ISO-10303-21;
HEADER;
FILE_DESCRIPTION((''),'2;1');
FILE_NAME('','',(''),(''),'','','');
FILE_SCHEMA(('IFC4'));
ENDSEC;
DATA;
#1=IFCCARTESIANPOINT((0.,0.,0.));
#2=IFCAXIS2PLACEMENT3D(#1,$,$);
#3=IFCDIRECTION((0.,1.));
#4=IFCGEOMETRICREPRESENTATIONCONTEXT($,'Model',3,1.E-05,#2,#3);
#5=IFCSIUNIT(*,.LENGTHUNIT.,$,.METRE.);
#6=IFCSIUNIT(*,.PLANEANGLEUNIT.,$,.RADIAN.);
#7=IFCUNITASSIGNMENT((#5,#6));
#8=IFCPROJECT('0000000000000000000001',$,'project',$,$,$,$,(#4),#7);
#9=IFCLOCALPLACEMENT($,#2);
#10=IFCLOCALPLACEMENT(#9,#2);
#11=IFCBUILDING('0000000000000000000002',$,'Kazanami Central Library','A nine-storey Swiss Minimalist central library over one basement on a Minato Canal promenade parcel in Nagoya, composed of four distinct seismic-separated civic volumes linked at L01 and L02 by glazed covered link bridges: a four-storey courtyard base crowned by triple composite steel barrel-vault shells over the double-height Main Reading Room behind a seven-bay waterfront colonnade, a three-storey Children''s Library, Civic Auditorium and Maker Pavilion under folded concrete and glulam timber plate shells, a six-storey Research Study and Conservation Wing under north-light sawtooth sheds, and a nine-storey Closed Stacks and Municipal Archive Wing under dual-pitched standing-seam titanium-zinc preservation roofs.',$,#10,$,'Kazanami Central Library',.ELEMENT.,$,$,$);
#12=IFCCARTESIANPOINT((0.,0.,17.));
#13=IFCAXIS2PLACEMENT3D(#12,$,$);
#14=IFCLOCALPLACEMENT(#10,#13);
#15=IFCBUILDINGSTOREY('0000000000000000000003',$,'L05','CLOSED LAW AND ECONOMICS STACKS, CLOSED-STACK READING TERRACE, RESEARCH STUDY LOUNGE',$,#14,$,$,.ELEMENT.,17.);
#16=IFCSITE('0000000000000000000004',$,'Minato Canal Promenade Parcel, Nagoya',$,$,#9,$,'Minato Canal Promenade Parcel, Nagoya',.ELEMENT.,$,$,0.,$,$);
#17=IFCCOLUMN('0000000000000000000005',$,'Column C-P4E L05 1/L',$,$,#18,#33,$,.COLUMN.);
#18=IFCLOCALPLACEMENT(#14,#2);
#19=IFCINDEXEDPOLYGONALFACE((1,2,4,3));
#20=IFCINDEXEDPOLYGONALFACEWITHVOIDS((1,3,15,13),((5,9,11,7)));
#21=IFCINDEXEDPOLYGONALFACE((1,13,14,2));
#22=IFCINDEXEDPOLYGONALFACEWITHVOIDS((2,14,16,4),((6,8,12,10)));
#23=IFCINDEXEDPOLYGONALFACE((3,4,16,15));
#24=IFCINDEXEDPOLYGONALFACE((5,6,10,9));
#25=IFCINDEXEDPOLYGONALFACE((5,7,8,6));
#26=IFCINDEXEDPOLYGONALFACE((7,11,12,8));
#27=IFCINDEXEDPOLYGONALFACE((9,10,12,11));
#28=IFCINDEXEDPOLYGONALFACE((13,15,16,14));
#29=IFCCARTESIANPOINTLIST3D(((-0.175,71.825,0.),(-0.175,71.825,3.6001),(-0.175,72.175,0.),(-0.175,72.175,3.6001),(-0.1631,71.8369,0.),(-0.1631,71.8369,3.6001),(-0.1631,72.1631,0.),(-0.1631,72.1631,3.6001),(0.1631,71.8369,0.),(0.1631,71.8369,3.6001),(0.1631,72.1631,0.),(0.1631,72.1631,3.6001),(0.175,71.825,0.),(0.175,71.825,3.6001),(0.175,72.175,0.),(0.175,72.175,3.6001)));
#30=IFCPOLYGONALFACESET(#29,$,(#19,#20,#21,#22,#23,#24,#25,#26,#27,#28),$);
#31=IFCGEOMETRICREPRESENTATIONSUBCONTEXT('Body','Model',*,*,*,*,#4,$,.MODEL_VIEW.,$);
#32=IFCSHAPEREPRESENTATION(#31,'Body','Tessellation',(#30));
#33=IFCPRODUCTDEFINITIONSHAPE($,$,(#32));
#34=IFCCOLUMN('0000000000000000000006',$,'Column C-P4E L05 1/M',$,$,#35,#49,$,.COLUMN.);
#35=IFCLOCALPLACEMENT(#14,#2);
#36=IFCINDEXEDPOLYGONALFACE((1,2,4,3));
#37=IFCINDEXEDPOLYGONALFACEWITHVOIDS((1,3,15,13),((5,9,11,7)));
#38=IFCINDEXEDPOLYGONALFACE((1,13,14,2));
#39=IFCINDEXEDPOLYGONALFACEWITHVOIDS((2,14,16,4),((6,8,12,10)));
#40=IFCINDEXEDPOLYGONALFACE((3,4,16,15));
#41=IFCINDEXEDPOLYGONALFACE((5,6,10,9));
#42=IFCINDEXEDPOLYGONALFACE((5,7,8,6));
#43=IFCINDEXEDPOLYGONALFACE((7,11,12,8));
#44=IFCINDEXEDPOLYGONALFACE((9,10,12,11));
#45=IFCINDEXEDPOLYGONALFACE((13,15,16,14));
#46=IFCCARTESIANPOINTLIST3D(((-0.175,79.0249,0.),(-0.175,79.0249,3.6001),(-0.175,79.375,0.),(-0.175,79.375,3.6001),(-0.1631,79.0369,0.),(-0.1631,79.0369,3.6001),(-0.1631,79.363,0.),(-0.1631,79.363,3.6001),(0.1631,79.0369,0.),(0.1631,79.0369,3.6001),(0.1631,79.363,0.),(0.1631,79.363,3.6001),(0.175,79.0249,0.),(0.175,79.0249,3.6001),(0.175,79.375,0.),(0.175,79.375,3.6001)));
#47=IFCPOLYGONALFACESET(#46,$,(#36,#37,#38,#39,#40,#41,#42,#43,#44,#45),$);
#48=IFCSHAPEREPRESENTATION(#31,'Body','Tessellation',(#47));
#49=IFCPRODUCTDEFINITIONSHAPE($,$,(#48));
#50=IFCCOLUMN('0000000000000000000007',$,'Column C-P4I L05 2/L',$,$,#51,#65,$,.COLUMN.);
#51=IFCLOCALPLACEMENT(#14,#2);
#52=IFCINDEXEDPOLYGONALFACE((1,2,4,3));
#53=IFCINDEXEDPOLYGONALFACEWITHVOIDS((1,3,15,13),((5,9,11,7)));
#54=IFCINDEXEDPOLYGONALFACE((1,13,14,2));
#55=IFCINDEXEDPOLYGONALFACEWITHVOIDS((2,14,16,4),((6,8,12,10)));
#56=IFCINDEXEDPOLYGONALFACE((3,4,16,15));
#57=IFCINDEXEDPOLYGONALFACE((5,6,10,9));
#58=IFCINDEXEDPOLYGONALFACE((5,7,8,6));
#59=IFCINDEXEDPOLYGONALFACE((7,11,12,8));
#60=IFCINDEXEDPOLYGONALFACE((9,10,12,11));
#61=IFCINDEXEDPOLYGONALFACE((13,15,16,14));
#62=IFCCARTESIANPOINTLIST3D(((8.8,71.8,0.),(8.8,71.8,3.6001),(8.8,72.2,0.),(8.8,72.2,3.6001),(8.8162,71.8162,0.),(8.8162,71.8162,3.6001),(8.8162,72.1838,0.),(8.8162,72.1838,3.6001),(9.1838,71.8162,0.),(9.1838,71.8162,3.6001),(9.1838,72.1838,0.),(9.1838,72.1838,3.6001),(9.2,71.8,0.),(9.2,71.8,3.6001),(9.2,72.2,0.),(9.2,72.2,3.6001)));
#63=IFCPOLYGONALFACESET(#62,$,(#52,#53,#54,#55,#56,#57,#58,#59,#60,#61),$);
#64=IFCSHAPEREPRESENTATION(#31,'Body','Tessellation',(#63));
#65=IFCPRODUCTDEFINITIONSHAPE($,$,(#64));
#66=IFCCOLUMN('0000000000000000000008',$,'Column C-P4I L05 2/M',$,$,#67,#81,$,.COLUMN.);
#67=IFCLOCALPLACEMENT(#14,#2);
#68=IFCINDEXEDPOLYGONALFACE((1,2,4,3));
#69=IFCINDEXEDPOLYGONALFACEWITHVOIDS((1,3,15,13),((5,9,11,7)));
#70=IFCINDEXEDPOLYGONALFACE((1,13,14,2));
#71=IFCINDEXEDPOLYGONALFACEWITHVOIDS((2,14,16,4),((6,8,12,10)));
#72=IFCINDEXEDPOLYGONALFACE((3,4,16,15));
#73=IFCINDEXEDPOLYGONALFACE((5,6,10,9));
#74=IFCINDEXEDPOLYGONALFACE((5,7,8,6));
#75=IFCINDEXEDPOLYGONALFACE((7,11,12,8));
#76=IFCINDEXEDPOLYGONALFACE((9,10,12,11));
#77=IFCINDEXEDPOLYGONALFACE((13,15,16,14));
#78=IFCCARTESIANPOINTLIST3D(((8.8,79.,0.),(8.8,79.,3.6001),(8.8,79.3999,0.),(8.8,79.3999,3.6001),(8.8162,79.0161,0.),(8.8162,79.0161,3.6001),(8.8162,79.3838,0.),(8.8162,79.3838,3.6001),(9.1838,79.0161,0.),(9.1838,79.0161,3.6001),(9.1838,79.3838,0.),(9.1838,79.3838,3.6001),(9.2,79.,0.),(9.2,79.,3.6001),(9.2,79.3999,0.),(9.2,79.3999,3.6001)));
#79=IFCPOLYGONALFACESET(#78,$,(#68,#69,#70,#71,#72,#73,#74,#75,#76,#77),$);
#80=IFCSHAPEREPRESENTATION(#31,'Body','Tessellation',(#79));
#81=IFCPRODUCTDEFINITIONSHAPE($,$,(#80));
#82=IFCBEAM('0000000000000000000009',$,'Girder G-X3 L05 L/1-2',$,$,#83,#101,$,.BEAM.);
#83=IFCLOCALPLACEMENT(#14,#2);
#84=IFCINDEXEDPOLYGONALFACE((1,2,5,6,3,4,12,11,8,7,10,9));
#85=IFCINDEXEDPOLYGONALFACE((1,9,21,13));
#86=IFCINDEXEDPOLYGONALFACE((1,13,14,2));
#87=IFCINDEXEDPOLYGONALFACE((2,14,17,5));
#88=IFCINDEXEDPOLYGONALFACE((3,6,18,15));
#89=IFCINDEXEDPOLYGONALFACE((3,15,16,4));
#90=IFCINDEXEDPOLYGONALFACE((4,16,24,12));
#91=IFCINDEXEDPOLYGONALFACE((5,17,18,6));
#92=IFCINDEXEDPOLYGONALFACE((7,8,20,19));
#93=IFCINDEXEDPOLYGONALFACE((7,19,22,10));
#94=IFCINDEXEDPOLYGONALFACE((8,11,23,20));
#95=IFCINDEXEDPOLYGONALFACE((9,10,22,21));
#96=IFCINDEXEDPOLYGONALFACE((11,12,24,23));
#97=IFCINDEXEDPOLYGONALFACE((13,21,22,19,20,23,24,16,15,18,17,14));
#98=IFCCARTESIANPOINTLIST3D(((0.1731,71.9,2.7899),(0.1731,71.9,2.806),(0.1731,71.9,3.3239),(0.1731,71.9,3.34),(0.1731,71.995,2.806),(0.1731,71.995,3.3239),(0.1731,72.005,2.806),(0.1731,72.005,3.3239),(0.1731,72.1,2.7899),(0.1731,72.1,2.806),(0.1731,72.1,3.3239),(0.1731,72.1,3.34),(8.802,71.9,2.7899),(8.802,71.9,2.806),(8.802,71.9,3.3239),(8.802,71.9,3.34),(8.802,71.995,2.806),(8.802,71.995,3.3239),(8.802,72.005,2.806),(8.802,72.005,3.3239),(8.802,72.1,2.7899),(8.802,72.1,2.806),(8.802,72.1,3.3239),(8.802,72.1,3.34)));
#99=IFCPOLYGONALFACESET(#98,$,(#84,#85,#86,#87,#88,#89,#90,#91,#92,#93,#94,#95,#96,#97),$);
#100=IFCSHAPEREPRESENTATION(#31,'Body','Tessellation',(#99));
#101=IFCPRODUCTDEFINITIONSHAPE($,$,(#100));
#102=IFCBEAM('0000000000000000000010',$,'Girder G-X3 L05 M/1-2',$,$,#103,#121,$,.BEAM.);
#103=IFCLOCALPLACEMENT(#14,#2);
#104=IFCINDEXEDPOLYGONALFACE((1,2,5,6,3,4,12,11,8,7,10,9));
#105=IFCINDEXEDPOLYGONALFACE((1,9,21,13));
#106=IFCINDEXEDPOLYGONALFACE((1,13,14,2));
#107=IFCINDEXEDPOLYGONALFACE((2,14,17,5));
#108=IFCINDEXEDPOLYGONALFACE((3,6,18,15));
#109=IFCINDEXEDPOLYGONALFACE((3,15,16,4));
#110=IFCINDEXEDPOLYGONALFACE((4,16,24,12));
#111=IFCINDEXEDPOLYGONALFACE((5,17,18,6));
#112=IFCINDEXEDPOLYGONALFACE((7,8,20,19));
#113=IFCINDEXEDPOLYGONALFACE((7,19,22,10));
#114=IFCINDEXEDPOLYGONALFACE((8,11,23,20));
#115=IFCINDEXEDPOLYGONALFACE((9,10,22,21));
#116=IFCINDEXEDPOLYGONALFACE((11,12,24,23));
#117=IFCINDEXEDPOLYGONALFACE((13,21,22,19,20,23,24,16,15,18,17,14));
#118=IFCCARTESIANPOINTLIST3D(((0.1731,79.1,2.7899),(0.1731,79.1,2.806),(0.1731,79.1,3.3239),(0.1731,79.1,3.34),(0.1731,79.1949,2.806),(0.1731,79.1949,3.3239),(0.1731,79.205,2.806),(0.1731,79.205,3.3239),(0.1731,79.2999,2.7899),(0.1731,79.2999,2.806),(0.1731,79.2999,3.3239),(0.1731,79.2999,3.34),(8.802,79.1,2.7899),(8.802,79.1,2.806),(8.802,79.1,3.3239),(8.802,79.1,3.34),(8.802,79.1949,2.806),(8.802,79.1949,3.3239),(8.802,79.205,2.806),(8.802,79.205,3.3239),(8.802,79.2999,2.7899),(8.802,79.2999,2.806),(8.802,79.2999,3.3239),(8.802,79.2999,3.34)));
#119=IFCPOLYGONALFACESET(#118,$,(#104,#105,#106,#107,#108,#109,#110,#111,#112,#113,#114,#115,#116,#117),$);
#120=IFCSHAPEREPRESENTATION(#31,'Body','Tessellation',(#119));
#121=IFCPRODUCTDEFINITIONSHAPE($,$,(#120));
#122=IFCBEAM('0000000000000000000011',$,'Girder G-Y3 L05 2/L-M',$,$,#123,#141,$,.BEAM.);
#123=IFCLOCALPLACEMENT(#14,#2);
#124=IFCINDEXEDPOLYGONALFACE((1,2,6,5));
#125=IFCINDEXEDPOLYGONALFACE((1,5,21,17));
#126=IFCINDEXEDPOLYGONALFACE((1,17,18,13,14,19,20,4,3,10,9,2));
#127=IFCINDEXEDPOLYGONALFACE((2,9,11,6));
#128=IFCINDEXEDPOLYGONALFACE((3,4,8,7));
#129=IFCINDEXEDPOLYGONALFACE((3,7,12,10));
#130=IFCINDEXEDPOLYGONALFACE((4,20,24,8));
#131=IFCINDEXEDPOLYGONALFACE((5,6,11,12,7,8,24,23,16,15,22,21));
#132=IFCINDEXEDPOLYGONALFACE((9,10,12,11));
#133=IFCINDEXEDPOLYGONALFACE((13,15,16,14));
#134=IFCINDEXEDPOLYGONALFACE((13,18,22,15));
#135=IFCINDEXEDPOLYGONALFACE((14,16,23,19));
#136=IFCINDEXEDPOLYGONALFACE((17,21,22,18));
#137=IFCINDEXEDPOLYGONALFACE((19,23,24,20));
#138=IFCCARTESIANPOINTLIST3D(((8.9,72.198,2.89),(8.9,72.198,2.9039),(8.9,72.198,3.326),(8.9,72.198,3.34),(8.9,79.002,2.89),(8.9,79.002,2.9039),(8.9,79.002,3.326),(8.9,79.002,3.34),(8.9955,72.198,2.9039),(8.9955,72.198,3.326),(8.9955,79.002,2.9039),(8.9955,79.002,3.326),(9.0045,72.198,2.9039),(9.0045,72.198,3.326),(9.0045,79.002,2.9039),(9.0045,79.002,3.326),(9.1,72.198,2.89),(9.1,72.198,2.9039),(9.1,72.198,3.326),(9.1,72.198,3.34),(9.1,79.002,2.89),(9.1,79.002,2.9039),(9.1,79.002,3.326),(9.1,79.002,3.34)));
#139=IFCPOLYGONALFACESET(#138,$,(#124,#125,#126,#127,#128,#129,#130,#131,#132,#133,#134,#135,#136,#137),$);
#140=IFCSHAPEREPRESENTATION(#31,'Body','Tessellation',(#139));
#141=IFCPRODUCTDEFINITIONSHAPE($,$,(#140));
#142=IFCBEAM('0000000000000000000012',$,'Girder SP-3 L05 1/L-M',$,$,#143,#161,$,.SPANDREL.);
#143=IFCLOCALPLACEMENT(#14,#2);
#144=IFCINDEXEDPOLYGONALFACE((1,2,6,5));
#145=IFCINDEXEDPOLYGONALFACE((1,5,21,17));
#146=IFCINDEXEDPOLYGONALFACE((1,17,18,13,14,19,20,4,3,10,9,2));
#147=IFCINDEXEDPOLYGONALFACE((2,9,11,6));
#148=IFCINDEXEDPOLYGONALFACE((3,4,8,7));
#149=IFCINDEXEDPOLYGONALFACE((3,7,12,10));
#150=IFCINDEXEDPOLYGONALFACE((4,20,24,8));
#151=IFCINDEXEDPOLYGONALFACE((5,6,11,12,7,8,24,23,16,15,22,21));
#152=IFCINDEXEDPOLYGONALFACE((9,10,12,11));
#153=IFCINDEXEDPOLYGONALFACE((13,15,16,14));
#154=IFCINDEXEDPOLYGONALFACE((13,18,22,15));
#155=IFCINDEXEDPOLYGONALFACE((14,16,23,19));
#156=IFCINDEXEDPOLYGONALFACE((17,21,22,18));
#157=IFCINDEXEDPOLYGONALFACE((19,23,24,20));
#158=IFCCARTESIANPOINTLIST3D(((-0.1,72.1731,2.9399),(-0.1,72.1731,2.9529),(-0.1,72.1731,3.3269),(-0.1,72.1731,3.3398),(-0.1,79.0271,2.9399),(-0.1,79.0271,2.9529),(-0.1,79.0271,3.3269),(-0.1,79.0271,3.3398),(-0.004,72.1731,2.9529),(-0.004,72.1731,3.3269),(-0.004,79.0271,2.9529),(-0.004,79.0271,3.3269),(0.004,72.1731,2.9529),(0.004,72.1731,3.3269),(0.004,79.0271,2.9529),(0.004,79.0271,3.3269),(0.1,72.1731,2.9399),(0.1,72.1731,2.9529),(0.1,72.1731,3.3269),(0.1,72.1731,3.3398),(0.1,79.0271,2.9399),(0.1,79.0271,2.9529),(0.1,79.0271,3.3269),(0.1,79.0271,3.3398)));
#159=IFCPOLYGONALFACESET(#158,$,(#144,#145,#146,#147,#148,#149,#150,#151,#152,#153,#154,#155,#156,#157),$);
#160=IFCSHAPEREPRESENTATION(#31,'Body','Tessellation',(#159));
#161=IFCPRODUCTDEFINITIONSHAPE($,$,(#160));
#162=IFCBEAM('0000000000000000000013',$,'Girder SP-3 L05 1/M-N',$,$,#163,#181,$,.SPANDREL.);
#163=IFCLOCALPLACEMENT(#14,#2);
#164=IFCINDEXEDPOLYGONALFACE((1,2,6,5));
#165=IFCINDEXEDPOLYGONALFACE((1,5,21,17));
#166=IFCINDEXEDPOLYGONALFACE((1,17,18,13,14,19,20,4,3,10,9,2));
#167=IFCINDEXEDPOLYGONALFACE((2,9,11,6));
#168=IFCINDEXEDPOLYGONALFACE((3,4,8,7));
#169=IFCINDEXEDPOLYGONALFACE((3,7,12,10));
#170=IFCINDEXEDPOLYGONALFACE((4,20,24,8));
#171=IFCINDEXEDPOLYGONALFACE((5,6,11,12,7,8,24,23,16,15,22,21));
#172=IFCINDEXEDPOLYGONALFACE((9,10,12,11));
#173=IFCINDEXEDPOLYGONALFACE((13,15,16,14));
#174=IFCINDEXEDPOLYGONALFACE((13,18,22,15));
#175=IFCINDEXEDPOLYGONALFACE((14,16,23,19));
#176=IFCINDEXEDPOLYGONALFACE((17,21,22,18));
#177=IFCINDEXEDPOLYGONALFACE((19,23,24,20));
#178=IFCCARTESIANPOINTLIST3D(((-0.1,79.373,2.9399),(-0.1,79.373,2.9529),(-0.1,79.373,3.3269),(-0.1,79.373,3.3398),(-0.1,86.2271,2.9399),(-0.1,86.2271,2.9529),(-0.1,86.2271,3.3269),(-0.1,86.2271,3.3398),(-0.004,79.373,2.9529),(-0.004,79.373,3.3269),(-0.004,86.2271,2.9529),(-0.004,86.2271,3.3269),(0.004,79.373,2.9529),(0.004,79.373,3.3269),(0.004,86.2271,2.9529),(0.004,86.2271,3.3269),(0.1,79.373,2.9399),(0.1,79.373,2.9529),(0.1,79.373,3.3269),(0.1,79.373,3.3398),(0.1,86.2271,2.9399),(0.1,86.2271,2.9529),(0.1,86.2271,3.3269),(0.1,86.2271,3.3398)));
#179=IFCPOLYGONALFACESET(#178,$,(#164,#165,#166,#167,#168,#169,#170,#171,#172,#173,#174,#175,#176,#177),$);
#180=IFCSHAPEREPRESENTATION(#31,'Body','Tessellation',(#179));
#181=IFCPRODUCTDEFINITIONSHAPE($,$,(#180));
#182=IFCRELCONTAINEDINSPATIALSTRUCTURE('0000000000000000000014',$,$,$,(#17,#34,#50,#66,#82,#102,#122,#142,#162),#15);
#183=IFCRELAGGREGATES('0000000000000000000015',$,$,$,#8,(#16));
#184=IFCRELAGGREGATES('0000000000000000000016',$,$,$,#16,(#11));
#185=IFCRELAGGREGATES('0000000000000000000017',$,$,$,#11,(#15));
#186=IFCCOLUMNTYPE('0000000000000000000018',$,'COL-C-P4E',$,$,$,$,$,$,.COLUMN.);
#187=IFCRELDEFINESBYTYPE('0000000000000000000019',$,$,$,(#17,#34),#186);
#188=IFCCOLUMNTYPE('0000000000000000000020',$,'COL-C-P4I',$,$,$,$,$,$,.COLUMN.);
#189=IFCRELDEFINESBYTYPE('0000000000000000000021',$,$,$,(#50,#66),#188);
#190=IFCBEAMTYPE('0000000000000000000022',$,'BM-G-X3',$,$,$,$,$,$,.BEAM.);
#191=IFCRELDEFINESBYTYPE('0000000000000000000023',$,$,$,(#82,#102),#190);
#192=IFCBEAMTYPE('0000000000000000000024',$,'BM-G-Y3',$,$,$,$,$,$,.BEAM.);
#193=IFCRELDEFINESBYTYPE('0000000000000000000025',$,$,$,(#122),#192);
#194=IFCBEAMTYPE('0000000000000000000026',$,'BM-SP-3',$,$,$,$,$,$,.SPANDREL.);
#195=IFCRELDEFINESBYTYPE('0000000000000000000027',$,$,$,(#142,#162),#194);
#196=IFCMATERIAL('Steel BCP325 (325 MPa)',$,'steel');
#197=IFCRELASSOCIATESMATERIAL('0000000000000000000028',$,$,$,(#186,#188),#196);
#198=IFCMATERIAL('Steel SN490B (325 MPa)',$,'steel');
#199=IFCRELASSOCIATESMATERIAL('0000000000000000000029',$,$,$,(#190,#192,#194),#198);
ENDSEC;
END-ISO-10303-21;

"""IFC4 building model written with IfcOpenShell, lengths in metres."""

from ifc_helpers import new_model, si_unit, direction, frame, origin, origin_2d, place, context, subcontext, project, spatial, hollow_rectangle, i_section, extrude, material, material_profile, profile_set, type_object, element, save


model = new_model("IFC4")

# Units and contexts
model_context = context("Model", 3, precision=1e-05, world=origin(), true_north=direction((0.0, 1.0)))
body_context = subcontext(model_context, "Body", "Model", "MODEL_VIEW")
ifc_project = project(units=[si_unit("LENGTHUNIT", "METRE"), si_unit("PLANEANGLEUNIT", "RADIAN")], contexts=[model_context])

# Site, building, storey
site_placement = place(None, origin())
site = spatial("IfcSite", under=ifc_project, at=site_placement, Name="Minato Canal Promenade Parcel, Nagoya", LongName="Minato Canal Promenade Parcel, Nagoya", CompositionType="ELEMENT", RefElevation=0.0)
building_placement = place(site_placement, origin())
building = spatial("IfcBuilding", under=site, at=building_placement, Name="Kazanami Central Library", Description="A nine-storey Swiss Minimalist central library over one basement on a Minato Canal promenade parcel in Nagoya, composed of four distinct seismic-separated civic volumes linked at L01 and L02 by glazed covered link bridges: a four-storey courtyard base crowned by triple composite steel barrel-vault shells over the double-height Main Reading Room behind a seven-bay waterfront colonnade, a three-storey Children's Library, Civic Auditorium and Maker Pavilion under folded concrete and glulam timber plate shells, a six-storey Research Study and Conservation Wing under north-light sawtooth sheds, and a nine-storey Closed Stacks and Municipal Archive Wing under dual-pitched standing-seam titanium-zinc preservation roofs.", LongName="Kazanami Central Library", CompositionType="ELEMENT")
storey_placement = place(building_placement, frame((0.0, 0.0, 17.0)))
storey = spatial("IfcBuildingStorey", under=building, at=storey_placement, Name="L05", Description="CLOSED LAW AND ECONOMICS STACKS, CLOSED-STACK READING TERRACE, RESEARCH STUDY LOUNGE", CompositionType="ELEMENT", Elevation=17.0)

# Columns
ifc_material_1 = material(Name="Steel BCP325 (325 MPa)", Category="steel")
ifc_material_profile_1 = material_profile(ifc_material_1, hollow_rectangle(XDim=0.3501, YDim=0.3501, WallThickness=0.012, at=origin_2d()), Name="STKR-350x350x12")
ifc_profile_set_1 = profile_set([ifc_material_profile_1], Name="Steel BCP325 (325 MPa)")
column_type_1 = type_object("IfcColumnType", Name="COL-C-P4E", PredefinedType="COLUMN", material=ifc_profile_set_1)
for number, where, z_axis, x_axis, name in (
    (1, (0.0, 72.0, 0.0), (0.0, 0.0, 1.0), (1.0, 0.0, 0.0), "Column C-P4E L05 1/L"),
    (2, (0.0, 79.2, 0.0), (0.0, 0.0, 1.0), (1.0, 0.0, 0.0), "Column C-P4E L05 1/M"),
):
    element("IfcColumn", number, at=place(storey_placement, frame(where, z_axis=z_axis, x_axis=x_axis)), inside=storey, type_object=column_type_1, Name=name, PredefinedType="COLUMN", context=body_context, shape_type="SweptSolid", body=[
        extrude(hollow_rectangle(XDim=0.3501, YDim=0.3501, WallThickness=0.012, at=origin_2d()), origin(), (0.0, 0.0, 1.0), 3.6001),
    ])
ifc_material_profile_2 = material_profile(ifc_material_1, hollow_rectangle(XDim=0.3999, YDim=0.3999, WallThickness=0.0161, at=origin_2d()), Name="BCP-400x400x16")
ifc_profile_set_2 = profile_set([ifc_material_profile_2], Name="Steel BCP325 (325 MPa)")
column_type_2 = type_object("IfcColumnType", Name="COL-C-P4I", PredefinedType="COLUMN", material=ifc_profile_set_2)
for number, where, z_axis, x_axis, name in (
    (3, (9.0, 72.0, 0.0), (0.0, 0.0, 1.0), (1.0, 0.0, 0.0), "Column C-P4I L05 2/L"),
    (4, (9.0, 79.2, 0.0), (0.0, 0.0, 1.0), (1.0, 0.0, 0.0), "Column C-P4I L05 2/M"),
):
    element("IfcColumn", number, at=place(storey_placement, frame(where, z_axis=z_axis, x_axis=x_axis)), inside=storey, type_object=column_type_2, Name=name, PredefinedType="COLUMN", context=body_context, shape_type="SweptSolid", body=[
        extrude(hollow_rectangle(XDim=0.3999, YDim=0.3999, WallThickness=0.0161, at=origin_2d()), origin(), (0.0, 0.0, 1.0), 3.6001),
    ])

# Beams
ifc_material_2 = material(Name="Steel SN490B (325 MPa)", Category="steel")
ifc_material_profile_3 = material_profile(ifc_material_2, i_section(OverallWidth=0.2, OverallDepth=0.55, WebThickness=0.01, FlangeThickness=0.0161, at=origin_2d()), Name="H-550x200x10x16")
ifc_profile_set_3 = profile_set([ifc_material_profile_3], Name="Steel SN490B (325 MPa)")
beam_type_1 = type_object("IfcBeamType", Name="BM-G-X3", PredefinedType="BEAM", material=ifc_profile_set_3)
for number, where, z_axis, x_axis, name in (
    (5, (0.1731, 72.0, 3.0649), (1.0, 0.0, 0.0), (0.0, 1.0, 0.0), "Girder G-X3 L05 L/1-2"),
    (6, (0.1731, 79.2, 3.0649), (1.0, 0.0, 0.0), (0.0, 1.0, 0.0), "Girder G-X3 L05 M/1-2"),
):
    element("IfcBeam", number, at=place(storey_placement, frame(where, z_axis=z_axis, x_axis=x_axis)), inside=storey, type_object=beam_type_1, Name=name, PredefinedType="BEAM", context=body_context, shape_type="SweptSolid", body=[
        extrude(i_section(OverallWidth=0.2, OverallDepth=0.55, WebThickness=0.01, FlangeThickness=0.0161, at=origin_2d()), origin(), (0.0, 0.0, 1.0), 8.6289),
    ])
ifc_material_profile_4 = material_profile(ifc_material_2, i_section(OverallWidth=0.2, OverallDepth=0.45, WebThickness=0.009, FlangeThickness=0.0139, at=origin_2d()), Name="H-450x200x9x14")
ifc_profile_set_4 = profile_set([ifc_material_profile_4], Name="Steel SN490B (325 MPa)")
beam_type_2 = type_object("IfcBeamType", Name="BM-G-Y3", PredefinedType="BEAM", material=ifc_profile_set_4)
beam_placement = place(storey_placement, frame((9.0, 72.198, 3.115), z_axis=(0.0, 1.0, 0.0), x_axis=(-1.0, 0.0, 0.0)))
element("IfcBeam", 7, at=beam_placement, inside=storey, type_object=beam_type_2, Name="Girder G-Y3 L05 2/L-M", PredefinedType="BEAM", context=body_context, shape_type="SweptSolid", body=[
    extrude(i_section(OverallWidth=0.2, OverallDepth=0.45, WebThickness=0.009, FlangeThickness=0.0139, at=origin_2d()), origin(), (0.0, 0.0, 1.0), 6.804),
])
ifc_material_profile_5 = material_profile(ifc_material_2, i_section(OverallWidth=0.2, OverallDepth=0.3999, WebThickness=0.0081, FlangeThickness=0.0129, at=origin_2d()), Name="H-400x200x8x13")
ifc_profile_set_5 = profile_set([ifc_material_profile_5], Name="Steel SN490B (325 MPa)")
beam_type_3 = type_object("IfcBeamType", Name="BM-SP-3", PredefinedType="SPANDREL", material=ifc_profile_set_5)
for number, where, z_axis, x_axis, name in (
    (8, (0.0, 72.1731, 3.1399), (0.0, 1.0, 0.0), (-1.0, 0.0, 0.0), "Girder SP-3 L05 1/L-M"),
    (9, (0.0, 79.373, 3.1399), (0.0, 1.0, 0.0), (-1.0, 0.0, 0.0), "Girder SP-3 L05 1/M-N"),
):
    element("IfcBeam", number, at=place(storey_placement, frame(where, z_axis=z_axis, x_axis=x_axis)), inside=storey, type_object=beam_type_3, Name=name, PredefinedType="SPANDREL", context=body_context, shape_type="SweptSolid", body=[
        extrude(i_section(OverallWidth=0.2, OverallDepth=0.3999, WebThickness=0.0081, FlangeThickness=0.0129, at=origin_2d()), origin(), (0.0, 0.0, 1.0), 6.854),
    ])

save(model, "model.ifc")
